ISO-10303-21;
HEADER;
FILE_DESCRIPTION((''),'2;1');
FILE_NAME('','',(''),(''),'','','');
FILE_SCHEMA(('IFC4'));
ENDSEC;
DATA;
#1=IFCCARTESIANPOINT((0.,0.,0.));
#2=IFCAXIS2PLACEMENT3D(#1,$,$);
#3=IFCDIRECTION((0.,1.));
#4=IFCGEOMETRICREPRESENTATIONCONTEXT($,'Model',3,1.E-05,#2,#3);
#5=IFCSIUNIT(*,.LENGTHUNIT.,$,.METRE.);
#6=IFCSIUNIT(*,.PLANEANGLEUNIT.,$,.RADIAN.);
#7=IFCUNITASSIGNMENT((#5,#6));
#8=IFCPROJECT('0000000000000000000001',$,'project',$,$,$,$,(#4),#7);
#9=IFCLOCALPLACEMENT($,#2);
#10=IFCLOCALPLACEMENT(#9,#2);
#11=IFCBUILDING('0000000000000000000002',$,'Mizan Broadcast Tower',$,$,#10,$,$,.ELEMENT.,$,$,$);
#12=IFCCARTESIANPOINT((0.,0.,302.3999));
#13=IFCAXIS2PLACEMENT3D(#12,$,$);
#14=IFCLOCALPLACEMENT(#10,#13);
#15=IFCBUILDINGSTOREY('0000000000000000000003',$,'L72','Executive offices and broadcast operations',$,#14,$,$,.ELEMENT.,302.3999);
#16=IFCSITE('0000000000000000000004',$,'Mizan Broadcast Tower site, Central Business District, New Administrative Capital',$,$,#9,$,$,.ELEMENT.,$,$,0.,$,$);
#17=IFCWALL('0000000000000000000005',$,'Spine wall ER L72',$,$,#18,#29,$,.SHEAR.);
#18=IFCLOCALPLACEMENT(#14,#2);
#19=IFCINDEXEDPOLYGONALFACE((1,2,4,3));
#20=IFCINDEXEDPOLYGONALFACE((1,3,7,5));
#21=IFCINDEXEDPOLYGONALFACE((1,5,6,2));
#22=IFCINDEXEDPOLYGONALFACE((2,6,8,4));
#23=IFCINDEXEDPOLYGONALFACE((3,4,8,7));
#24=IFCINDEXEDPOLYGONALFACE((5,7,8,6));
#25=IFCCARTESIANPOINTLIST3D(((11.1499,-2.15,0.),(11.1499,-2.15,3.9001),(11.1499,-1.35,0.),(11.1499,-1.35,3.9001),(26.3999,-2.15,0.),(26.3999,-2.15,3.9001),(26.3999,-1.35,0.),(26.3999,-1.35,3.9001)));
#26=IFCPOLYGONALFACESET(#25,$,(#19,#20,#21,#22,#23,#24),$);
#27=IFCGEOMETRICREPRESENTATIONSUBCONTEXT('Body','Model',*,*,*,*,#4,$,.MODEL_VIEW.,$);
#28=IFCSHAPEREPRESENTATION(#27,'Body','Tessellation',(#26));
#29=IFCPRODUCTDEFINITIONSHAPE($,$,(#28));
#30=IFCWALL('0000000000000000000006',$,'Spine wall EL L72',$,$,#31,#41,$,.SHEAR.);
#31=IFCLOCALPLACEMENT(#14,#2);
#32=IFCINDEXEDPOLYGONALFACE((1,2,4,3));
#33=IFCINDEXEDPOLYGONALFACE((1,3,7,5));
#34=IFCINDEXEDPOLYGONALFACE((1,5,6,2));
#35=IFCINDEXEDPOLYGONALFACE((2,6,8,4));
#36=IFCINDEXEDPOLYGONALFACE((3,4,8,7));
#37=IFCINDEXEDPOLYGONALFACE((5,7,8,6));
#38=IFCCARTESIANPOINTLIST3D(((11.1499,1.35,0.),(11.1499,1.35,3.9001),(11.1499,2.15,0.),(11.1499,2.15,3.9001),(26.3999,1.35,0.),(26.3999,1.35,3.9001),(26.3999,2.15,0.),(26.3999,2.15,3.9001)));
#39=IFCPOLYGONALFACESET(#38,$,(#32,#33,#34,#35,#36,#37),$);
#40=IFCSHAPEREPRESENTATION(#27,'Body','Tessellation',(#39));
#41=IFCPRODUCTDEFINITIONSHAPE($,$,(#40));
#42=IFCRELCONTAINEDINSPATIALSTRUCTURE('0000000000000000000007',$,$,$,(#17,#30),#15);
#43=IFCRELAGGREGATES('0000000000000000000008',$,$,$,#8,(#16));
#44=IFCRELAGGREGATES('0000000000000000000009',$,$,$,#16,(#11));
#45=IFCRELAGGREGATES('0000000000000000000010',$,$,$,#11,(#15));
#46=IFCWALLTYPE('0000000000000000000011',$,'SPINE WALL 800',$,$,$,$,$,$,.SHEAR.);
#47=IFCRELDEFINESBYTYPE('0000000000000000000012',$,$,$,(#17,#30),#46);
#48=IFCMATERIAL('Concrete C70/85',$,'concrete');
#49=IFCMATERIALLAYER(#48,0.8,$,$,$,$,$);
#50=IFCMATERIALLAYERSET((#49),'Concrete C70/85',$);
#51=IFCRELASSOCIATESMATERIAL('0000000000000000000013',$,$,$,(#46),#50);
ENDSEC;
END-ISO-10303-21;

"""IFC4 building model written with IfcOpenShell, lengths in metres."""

from ifc_helpers import new_model, si_unit, direction, frame, frame_2d, origin, place, context, subcontext, project, spatial, rectangle, extrude, material, layer, layer_set, type_object, element, save


model = new_model("IFC4")

# Units and contexts
model_context = context("Model", 3, precision=1e-05, world=origin(), true_north=direction((0.0, 1.0)))
body_context = subcontext(model_context, "Body", "Model", "MODEL_VIEW")
ifc_project = project(units=[si_unit("LENGTHUNIT", "METRE"), si_unit("PLANEANGLEUNIT", "RADIAN")], contexts=[model_context])

# Site, building, storey
site_placement = place(None, origin())
site = spatial("IfcSite", under=ifc_project, at=site_placement, Name="Mizan Broadcast Tower site, Central Business District, New Administrative Capital", CompositionType="ELEMENT", RefElevation=0.0)
building_placement = place(site_placement, origin())
building = spatial("IfcBuilding", under=site, at=building_placement, Name="Mizan Broadcast Tower", CompositionType="ELEMENT")
storey_placement = place(building_placement, frame((0.0, 0.0, 302.3999)))
storey = spatial("IfcBuildingStorey", under=building, at=storey_placement, Name="L72", Description="Executive offices and broadcast operations", CompositionType="ELEMENT", Elevation=302.3999)

# Walls
ifc_material_1 = material(Name="Concrete C70/85", Category="concrete")
ifc_layer_1 = layer(ifc_material_1, 0.8)
ifc_layer_set_1 = layer_set([ifc_layer_1], Name="Concrete C70/85")
wall_type_1 = type_object("IfcWallType", Name="SPINE WALL 800", PredefinedType="SHEAR", material=ifc_layer_set_1)
for number, where, z_axis, x_axis, name in (
    (1, (11.1499, -1.75, 0.0), (0.0, 0.0, 1.0), (1.0, 0.0, 0.0), "Spine wall ER L72"),
    (2, (11.1499, 1.75, 0.0), (0.0, 0.0, 1.0), (1.0, 0.0, 0.0), "Spine wall EL L72"),
):
    element("IfcWall", number, at=place(storey_placement, frame(where, z_axis=z_axis, x_axis=x_axis)), inside=storey, type_object=wall_type_1, Name=name, PredefinedType="SHEAR", context=body_context, shape_type="SweptSolid", body=[
        extrude(rectangle(XDim=15.25, YDim=0.8, at=frame_2d((7.625, 0.0))), origin(), (0.0, 0.0, 1.0), 3.9001),
    ])

save(model, "model.ifc")
